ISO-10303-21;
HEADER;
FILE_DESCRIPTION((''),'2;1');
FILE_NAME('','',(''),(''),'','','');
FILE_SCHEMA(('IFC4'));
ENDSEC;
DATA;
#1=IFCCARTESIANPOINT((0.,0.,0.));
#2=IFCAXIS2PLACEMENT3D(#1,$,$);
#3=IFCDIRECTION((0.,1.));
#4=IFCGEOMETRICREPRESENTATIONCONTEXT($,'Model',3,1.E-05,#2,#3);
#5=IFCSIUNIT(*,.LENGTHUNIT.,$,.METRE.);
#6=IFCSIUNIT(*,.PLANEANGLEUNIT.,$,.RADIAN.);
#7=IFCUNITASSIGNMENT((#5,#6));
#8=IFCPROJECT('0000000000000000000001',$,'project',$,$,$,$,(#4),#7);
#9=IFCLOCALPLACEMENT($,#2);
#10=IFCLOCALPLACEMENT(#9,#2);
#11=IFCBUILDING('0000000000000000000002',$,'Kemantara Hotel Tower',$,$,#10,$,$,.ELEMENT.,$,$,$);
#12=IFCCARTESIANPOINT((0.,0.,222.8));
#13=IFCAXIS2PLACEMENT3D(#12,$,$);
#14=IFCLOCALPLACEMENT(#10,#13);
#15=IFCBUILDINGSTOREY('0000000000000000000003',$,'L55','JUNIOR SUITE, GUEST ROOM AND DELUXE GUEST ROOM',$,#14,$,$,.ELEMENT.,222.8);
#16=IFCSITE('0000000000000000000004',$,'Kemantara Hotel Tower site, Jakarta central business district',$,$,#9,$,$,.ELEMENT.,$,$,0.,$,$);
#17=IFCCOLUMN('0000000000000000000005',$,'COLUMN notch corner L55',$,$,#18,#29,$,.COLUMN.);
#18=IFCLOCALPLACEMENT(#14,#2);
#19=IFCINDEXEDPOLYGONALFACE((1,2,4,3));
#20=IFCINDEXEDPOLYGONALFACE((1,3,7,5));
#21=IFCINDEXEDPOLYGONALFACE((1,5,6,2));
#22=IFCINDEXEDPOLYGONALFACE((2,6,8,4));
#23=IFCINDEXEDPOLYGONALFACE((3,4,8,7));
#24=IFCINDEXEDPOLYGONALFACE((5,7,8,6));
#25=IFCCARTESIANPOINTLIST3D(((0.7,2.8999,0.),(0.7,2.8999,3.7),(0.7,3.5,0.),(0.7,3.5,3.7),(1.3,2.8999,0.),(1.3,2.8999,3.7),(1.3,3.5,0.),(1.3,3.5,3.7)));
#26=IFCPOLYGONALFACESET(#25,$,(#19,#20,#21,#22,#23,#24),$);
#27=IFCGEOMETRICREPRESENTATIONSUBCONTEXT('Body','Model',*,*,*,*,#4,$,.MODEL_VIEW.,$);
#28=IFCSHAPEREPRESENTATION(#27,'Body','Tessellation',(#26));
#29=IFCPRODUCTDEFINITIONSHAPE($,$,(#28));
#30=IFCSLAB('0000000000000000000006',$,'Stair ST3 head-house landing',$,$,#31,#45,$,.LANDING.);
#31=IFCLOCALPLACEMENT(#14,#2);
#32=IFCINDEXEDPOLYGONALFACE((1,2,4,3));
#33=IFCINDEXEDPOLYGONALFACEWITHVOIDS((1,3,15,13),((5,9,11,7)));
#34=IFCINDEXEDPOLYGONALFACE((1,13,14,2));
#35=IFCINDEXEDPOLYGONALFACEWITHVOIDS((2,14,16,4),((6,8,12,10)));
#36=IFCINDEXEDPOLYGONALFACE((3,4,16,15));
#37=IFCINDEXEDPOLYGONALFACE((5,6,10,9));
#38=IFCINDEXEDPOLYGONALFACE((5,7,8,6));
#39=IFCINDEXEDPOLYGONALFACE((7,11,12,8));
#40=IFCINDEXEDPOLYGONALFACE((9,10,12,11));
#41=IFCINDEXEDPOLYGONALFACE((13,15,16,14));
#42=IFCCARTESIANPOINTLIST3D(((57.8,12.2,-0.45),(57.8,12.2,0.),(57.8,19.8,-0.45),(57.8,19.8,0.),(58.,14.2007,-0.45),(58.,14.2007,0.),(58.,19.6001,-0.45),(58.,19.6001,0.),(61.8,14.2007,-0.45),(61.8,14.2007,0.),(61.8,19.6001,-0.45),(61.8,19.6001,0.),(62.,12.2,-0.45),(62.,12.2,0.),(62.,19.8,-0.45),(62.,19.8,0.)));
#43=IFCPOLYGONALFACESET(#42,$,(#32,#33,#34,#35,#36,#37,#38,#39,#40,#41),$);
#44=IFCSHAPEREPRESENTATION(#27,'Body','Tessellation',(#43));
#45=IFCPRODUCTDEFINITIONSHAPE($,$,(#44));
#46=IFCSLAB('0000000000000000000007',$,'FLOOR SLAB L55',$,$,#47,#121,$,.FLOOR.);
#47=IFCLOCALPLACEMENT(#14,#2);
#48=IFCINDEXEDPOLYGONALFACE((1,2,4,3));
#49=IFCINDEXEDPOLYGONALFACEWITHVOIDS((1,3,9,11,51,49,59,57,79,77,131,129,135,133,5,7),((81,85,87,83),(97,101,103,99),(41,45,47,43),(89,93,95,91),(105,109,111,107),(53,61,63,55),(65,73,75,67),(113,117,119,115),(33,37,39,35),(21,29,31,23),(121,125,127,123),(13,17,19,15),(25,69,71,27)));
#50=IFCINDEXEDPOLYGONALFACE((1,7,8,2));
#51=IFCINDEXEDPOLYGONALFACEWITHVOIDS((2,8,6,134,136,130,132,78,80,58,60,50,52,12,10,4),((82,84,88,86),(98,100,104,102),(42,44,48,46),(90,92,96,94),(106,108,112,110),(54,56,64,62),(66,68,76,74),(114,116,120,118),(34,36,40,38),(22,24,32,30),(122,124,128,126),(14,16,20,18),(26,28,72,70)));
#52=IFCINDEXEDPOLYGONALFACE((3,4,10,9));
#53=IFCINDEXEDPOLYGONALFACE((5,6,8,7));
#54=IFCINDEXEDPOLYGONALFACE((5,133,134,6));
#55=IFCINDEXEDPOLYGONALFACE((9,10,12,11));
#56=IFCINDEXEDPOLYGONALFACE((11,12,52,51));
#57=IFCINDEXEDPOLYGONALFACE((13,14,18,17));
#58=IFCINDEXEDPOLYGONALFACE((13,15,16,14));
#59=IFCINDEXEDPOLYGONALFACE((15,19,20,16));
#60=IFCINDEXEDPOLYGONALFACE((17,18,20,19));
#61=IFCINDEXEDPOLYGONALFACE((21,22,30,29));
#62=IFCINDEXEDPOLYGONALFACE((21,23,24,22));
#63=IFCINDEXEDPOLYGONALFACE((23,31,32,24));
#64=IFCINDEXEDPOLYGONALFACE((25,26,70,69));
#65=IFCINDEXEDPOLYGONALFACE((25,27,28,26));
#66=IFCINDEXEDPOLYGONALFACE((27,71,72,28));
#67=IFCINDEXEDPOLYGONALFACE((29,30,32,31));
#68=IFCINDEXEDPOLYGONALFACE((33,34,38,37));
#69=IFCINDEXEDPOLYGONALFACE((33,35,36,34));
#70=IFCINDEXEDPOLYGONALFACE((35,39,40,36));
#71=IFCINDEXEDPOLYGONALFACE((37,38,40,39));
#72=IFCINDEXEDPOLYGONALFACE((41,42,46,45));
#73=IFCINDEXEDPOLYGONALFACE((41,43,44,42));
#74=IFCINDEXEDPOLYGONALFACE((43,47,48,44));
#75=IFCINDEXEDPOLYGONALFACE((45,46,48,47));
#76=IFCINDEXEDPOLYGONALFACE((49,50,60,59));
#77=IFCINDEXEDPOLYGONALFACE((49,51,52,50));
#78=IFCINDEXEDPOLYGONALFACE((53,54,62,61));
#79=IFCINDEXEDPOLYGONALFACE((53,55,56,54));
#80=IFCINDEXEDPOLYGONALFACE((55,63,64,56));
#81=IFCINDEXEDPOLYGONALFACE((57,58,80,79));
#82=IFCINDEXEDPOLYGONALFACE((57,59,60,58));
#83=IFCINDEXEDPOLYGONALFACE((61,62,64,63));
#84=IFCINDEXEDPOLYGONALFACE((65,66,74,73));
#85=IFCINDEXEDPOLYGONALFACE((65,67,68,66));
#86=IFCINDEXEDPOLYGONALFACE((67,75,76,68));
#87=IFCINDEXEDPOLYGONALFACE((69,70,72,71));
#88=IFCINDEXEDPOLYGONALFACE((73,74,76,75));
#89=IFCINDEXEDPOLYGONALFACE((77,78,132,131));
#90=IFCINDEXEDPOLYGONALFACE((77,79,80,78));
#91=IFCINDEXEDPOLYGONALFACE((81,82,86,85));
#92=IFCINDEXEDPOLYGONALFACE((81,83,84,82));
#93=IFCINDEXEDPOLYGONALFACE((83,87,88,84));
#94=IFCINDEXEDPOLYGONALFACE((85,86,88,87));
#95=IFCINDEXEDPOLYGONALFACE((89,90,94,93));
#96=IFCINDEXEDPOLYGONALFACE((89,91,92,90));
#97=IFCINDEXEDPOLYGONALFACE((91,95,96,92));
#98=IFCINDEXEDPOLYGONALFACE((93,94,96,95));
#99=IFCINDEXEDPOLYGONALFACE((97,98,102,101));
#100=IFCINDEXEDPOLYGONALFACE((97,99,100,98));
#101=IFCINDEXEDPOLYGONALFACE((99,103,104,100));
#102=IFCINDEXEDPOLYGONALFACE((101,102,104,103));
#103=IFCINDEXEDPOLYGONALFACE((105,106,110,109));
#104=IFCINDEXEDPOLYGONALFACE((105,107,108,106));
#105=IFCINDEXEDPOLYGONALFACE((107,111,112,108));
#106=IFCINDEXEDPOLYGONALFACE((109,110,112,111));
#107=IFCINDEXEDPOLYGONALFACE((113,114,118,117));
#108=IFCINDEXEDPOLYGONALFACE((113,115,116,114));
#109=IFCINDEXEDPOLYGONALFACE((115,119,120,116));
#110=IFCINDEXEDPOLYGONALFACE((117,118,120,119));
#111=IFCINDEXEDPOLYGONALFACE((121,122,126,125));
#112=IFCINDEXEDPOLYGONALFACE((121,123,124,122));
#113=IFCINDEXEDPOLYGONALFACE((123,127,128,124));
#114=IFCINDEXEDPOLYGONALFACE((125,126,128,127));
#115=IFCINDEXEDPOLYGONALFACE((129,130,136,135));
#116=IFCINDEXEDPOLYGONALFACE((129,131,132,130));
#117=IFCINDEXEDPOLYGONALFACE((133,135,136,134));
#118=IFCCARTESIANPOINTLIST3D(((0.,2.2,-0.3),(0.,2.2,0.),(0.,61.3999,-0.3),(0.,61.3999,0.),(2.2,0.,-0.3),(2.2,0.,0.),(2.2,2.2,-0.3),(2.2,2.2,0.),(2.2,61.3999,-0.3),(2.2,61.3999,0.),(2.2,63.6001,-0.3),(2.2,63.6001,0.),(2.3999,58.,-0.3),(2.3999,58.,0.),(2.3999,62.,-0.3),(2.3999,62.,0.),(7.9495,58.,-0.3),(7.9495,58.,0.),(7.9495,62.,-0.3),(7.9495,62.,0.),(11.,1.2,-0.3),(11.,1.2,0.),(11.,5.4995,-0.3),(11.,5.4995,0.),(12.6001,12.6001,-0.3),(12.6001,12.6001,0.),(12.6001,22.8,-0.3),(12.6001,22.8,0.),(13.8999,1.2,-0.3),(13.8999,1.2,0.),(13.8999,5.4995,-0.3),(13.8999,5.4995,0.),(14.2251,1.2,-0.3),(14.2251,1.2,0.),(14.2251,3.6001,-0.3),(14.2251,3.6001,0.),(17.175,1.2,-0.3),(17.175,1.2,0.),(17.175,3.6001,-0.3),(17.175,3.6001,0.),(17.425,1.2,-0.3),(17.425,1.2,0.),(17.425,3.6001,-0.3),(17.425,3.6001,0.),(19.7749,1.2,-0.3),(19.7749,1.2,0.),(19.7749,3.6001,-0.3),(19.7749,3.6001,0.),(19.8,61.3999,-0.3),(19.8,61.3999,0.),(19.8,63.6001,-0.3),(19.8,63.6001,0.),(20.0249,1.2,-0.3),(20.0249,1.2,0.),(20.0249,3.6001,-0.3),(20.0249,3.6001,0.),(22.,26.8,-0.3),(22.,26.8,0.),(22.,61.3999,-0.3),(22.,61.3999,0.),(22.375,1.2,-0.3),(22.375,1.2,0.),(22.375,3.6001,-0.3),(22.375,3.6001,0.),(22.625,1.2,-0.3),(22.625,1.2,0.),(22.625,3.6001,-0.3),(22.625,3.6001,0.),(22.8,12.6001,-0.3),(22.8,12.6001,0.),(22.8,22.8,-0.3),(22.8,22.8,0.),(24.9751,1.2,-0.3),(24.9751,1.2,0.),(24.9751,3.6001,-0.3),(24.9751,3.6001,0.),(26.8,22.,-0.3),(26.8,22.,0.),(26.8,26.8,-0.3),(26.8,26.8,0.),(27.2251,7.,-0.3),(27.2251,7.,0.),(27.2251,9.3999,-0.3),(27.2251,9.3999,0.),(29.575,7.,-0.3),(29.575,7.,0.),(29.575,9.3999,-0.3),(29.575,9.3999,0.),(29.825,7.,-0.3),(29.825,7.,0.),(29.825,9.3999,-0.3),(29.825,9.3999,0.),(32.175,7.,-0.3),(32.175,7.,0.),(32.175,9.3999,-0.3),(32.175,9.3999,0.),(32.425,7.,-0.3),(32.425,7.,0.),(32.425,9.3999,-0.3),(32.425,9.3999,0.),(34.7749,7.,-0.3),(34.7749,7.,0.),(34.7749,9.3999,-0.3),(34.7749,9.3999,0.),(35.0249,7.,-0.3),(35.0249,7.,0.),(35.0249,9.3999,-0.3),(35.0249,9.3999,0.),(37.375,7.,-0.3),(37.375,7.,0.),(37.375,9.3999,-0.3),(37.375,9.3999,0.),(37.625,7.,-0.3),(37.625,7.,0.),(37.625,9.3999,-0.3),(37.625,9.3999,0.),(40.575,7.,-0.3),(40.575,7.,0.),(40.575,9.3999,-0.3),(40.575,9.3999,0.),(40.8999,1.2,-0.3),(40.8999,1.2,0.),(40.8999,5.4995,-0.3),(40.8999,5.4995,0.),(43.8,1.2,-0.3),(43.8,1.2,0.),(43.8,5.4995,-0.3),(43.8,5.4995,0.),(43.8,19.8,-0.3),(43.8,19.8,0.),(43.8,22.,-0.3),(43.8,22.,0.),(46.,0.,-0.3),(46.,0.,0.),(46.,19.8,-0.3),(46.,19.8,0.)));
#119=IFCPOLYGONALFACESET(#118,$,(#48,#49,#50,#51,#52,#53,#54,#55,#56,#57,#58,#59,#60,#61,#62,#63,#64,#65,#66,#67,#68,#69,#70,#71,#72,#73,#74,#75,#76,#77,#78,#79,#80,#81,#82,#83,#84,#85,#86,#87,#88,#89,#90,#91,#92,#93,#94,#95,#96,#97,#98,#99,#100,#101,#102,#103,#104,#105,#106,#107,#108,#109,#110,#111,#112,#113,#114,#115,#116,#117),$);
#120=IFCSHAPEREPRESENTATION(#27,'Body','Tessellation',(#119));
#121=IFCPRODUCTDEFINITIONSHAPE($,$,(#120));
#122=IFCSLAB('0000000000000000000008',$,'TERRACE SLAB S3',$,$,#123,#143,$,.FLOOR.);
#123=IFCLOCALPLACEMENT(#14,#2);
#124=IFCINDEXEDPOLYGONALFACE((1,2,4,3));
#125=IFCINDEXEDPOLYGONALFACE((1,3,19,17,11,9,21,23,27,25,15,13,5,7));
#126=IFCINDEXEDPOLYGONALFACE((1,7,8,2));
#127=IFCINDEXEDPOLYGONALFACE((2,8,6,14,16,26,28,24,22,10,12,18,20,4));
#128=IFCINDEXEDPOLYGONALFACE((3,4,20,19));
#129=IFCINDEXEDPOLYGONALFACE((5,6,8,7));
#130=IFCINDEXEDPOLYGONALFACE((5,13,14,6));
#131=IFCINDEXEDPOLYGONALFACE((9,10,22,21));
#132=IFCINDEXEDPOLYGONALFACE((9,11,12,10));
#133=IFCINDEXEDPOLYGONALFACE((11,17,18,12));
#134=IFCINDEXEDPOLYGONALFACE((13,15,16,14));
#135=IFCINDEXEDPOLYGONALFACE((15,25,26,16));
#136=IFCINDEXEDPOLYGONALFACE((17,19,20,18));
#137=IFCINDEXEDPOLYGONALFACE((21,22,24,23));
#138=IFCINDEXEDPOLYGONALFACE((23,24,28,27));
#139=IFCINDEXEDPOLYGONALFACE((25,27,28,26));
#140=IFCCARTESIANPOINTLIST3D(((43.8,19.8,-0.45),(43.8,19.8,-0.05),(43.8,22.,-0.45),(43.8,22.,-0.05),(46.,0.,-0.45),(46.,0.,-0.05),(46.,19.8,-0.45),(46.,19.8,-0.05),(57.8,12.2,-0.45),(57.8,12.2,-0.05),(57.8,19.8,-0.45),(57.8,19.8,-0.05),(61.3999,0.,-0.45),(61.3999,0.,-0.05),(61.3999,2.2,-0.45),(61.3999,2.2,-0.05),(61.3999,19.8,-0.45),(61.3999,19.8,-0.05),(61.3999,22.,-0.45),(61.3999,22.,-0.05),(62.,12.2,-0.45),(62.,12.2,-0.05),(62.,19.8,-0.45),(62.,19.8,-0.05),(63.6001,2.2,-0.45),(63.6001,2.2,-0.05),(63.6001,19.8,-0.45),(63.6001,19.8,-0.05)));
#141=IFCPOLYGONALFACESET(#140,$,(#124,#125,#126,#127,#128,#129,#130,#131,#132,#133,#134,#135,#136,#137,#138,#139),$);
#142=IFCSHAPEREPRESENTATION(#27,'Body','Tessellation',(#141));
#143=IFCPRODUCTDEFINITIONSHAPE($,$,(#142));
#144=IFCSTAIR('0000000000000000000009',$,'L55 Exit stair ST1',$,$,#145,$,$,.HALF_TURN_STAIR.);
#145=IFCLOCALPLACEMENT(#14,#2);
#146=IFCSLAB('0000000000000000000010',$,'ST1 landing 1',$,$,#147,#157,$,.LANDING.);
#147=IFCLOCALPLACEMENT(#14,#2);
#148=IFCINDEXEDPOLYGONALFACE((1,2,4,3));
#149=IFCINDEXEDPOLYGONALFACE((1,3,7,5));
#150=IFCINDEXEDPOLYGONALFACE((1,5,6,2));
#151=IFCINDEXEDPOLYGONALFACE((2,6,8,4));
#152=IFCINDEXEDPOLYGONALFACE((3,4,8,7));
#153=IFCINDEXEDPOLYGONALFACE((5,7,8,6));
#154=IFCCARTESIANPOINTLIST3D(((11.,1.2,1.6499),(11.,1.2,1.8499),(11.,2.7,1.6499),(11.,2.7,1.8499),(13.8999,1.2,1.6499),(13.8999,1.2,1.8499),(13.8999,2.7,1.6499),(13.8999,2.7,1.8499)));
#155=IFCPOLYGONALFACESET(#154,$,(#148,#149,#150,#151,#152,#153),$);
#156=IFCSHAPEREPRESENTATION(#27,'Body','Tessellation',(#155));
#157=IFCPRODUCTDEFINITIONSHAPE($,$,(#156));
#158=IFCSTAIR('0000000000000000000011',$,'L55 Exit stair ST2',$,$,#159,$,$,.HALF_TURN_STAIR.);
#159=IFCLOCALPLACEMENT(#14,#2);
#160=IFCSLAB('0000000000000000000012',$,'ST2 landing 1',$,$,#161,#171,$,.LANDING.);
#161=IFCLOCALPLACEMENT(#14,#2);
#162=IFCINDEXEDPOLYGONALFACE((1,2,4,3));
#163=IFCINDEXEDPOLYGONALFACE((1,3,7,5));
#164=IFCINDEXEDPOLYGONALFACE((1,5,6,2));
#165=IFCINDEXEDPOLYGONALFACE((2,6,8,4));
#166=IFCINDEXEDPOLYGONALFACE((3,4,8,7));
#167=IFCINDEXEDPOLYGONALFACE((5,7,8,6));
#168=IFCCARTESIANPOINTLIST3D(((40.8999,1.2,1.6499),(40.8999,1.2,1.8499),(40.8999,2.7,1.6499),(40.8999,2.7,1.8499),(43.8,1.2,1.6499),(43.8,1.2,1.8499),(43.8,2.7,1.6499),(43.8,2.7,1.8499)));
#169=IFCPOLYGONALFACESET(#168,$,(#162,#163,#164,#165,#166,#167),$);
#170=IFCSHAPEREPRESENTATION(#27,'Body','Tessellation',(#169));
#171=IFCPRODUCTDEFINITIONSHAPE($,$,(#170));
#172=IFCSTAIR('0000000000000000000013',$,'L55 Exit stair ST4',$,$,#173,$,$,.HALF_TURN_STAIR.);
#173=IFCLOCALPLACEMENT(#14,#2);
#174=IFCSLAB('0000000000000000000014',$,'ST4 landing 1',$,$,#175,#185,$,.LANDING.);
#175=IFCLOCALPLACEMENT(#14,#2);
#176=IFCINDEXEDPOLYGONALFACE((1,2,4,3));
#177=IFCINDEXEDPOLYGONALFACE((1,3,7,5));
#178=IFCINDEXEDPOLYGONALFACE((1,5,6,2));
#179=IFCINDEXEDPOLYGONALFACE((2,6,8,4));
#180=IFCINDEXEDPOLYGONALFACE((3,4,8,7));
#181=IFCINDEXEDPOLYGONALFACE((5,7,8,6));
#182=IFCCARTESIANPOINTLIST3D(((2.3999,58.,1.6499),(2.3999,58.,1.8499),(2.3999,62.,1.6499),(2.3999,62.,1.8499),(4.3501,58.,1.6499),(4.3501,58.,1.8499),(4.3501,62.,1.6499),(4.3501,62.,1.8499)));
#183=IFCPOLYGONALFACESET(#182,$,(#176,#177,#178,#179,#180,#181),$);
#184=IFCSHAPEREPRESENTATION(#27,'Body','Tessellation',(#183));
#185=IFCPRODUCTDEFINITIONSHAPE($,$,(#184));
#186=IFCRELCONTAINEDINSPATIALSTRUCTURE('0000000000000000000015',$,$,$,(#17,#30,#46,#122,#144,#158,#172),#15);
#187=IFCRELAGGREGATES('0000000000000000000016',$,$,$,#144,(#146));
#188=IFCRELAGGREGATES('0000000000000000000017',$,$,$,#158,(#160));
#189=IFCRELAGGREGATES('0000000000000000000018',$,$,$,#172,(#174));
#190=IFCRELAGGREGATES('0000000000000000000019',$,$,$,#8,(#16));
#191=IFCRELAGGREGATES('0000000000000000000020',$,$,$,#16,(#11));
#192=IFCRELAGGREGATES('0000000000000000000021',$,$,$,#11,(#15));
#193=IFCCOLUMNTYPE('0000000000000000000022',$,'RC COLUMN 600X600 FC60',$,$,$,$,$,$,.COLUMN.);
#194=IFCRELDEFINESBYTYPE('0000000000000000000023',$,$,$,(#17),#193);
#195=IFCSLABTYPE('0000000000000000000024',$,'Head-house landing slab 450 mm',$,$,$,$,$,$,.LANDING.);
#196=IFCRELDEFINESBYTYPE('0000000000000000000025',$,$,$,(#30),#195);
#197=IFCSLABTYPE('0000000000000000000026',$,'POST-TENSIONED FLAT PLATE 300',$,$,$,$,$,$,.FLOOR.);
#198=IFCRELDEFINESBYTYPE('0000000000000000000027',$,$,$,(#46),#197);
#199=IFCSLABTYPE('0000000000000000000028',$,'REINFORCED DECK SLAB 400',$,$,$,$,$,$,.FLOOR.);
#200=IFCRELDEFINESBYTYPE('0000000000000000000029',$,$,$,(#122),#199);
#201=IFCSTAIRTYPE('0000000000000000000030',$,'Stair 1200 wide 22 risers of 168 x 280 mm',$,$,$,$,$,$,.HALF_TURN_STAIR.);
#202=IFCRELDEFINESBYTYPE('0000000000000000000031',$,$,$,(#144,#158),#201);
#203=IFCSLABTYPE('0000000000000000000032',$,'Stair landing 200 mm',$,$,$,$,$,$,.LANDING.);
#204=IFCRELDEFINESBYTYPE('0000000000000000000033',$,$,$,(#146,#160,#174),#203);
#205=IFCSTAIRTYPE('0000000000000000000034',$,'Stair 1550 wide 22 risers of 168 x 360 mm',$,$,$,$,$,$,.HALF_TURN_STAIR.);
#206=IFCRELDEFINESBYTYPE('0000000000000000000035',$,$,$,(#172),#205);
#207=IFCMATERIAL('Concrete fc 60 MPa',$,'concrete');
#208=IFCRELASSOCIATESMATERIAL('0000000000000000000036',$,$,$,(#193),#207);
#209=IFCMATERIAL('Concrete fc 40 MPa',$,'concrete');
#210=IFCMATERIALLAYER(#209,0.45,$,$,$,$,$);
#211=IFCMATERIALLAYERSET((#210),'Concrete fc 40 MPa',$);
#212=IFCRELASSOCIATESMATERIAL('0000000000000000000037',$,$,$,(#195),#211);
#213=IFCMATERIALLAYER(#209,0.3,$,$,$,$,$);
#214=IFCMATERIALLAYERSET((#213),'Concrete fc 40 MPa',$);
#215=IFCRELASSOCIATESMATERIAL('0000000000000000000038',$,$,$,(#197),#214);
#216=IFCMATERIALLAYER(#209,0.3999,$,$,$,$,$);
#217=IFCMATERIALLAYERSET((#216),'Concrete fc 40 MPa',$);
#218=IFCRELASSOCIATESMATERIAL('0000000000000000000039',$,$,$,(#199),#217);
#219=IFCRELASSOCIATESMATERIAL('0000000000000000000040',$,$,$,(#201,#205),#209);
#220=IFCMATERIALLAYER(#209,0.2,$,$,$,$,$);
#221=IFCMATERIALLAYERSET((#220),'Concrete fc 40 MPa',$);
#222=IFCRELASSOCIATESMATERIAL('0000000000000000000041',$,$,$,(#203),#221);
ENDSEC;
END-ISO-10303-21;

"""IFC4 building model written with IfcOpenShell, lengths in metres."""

from ifc_helpers import new_model, si_unit, direction, frame, origin, origin_2d, place, context, subcontext, project, spatial, polyline, rectangle, outline, extrude, material, layer, layer_set, material_profile, profile_set, type_object, element, aggregate, save


model = new_model("IFC4")

# Units and contexts
model_context = context("Model", 3, precision=1e-05, world=origin(), true_north=direction((0.0, 1.0)))
body_context = subcontext(model_context, "Body", "Model", "MODEL_VIEW")
ifc_project = project(units=[si_unit("LENGTHUNIT", "METRE"), si_unit("PLANEANGLEUNIT", "RADIAN")], contexts=[model_context])

# Site, building, storey
site_placement = place(None, origin())
site = spatial("IfcSite", under=ifc_project, at=site_placement, Name="Kemantara Hotel Tower site, Jakarta central business district", CompositionType="ELEMENT", RefElevation=0.0)
building_placement = place(site_placement, origin())
building = spatial("IfcBuilding", under=site, at=building_placement, Name="Kemantara Hotel Tower", CompositionType="ELEMENT")
storey_placement = place(building_placement, frame((0.0, 0.0, 222.8)))
storey = spatial("IfcBuildingStorey", under=building, at=storey_placement, Name="L55", Description="JUNIOR SUITE, GUEST ROOM AND DELUXE GUEST ROOM", CompositionType="ELEMENT", Elevation=222.8)

# Column
ifc_material_1 = material(Name="Concrete fc 60 MPa", Category="concrete")
ifc_material_profile = material_profile(ifc_material_1, rectangle(XDim=0.6001, YDim=0.6001, at=origin_2d()), Name="RC 600X600")
ifc_profile_set = profile_set([ifc_material_profile], Name="Concrete fc 60 MPa")
column_type = type_object("IfcColumnType", Name="RC COLUMN 600X600 FC60", PredefinedType="COLUMN", material=ifc_profile_set)
column_placement = place(storey_placement, frame((1.0, 3.2, 0.0), z_axis=(0.0, 0.0, 1.0), x_axis=(1.0, 0.0, 0.0)))
element("IfcColumn", 1, at=column_placement, inside=storey, type_object=column_type, Name="COLUMN notch corner L55", PredefinedType="COLUMN", context=body_context, shape_type="SweptSolid", body=[
    extrude(rectangle(XDim=0.6001, YDim=0.6001, at=origin_2d()), origin(), (0.0, 0.0, 1.0), 3.7),
])

# Slabs
ifc_material_2 = material(Name="Concrete fc 40 MPa", Category="concrete")
ifc_layer_1 = layer(ifc_material_2, 0.45)
ifc_layer_set_1 = layer_set([ifc_layer_1], Name="Concrete fc 40 MPa")
slab_type_1 = type_object("IfcSlabType", Name="Head-house landing slab 450 mm", PredefinedType="LANDING", material=ifc_layer_set_1)
slab_1_placement = place(storey_placement, frame((0.0, 0.0, -0.45)))
element("IfcSlab", 2, at=slab_1_placement, inside=storey, type_object=slab_type_1, Name="Stair ST3 head-house landing", PredefinedType="LANDING", context=body_context, shape_type="SweptSolid", body=[
    extrude(outline(polyline([(57.8, 12.2), (62.0, 12.2), (62.0, 19.8), (57.8, 19.8), (57.8, 12.2)]), holes=[polyline([(61.8, 14.2007), (58.0, 14.2007), (58.0, 19.6001), (61.8, 19.6001), (61.8, 14.2007)])]), origin(), (0.0, 0.0, 1.0), 0.45),
])
ifc_layer_2 = layer(ifc_material_2, 0.3)
ifc_layer_set_2 = layer_set([ifc_layer_2], Name="Concrete fc 40 MPa")
slab_type_2 = type_object("IfcSlabType", Name="POST-TENSIONED FLAT PLATE 300", PredefinedType="FLOOR", material=ifc_layer_set_2)
slab_2_placement = place(storey_placement, frame((0.0, 0.0, -0.3)))
element("IfcSlab", 3, at=slab_2_placement, inside=storey, type_object=slab_type_2, Name="FLOOR SLAB L55", PredefinedType="FLOOR", context=body_context, shape_type="SweptSolid", body=[
    extrude(outline(polyline([(22.0, 26.8), (22.0, 61.3999), (19.8, 61.3999), (19.8, 63.6001), (2.2, 63.6001), (2.2, 61.3999), (0.0, 61.3999), (0.0, 2.2), (2.2, 2.2), (2.2, 0.0), (46.0, 0.0), (46.0, 19.8), (43.8, 19.8), (43.8, 22.0), (26.8, 22.0), (26.8, 26.8), (22.0, 26.8)]), holes=[polyline([(17.175, 3.6001), (17.175, 1.2), (14.2251, 1.2), (14.2251, 3.6001), (17.175, 3.6001)]), polyline([(19.7749, 1.2), (17.425, 1.2), (17.425, 3.6001), (19.7749, 3.6001), (19.7749, 1.2)]), polyline([(22.375, 1.2), (20.0249, 1.2), (20.0249, 3.6001), (22.375, 3.6001), (22.375, 1.2)]), polyline([(24.9751, 3.6001), (24.9751, 1.2), (22.625, 1.2), (22.625, 3.6001), (24.9751, 3.6001)]), polyline([(11.0, 1.2), (11.0, 5.4995), (13.8999, 5.4995), (13.8999, 1.2), (11.0, 1.2)]), polyline([(22.8, 12.6001), (12.6001, 12.6001), (12.6001, 22.8), (22.8, 22.8), (22.8, 12.6001)]), polyline([(2.3999, 58.0), (2.3999, 62.0), (7.9495, 62.0), (7.9495, 58.0), (2.3999, 58.0)]), polyline([(40.8999, 1.2), (40.8999, 5.4995), (43.8, 5.4995), (43.8, 1.2), (40.8999, 1.2)]), polyline([(29.575, 7.0), (27.2251, 7.0), (27.2251, 9.3999), (29.575, 9.3999), (29.575, 7.0)]), polyline([(32.175, 7.0), (29.825, 7.0), (29.825, 9.3999), (32.175, 9.3999), (32.175, 7.0)]), polyline([(34.7749, 7.0), (32.425, 7.0), (32.425, 9.3999), (34.7749, 9.3999), (34.7749, 7.0)]), polyline([(37.375, 7.0), (35.0249, 7.0), (35.0249, 9.3999), (37.375, 9.3999), (37.375, 7.0)]), polyline([(40.575, 7.0), (37.625, 7.0), (37.625, 9.3999), (40.575, 9.3999), (40.575, 7.0)])]), origin(), (0.0, 0.0, 1.0), 0.3),
])
ifc_layer_3 = layer(ifc_material_2, 0.3999)
ifc_layer_set_3 = layer_set([ifc_layer_3], Name="Concrete fc 40 MPa")
slab_type_3 = type_object("IfcSlabType", Name="REINFORCED DECK SLAB 400", PredefinedType="FLOOR", material=ifc_layer_set_3)
slab_3_placement = place(storey_placement, frame((0.0, 0.0, -0.45)))
element("IfcSlab", 4, at=slab_3_placement, inside=storey, type_object=slab_type_3, Name="TERRACE SLAB S3", PredefinedType="FLOOR", context=body_context, shape_type="SweptSolid", body=[
    extrude(outline(polyline([(63.6001, 19.8), (62.0, 19.8), (62.0, 12.2), (57.8, 12.2), (57.8, 19.8), (61.3999, 19.8), (61.3999, 22.0), (43.8, 22.0), (43.8, 19.8), (46.0, 19.8), (46.0, 0.0), (61.3999, 0.0), (61.3999, 2.2), (63.6001, 2.2), (63.6001, 19.8)])), origin(), (0.0, 0.0, 1.0), 0.3999),
])

# Stairs, slabs
stair_type_1 = type_object("IfcStairType", Name="Stair 1200 wide 22 risers of 168 x 280 mm", PredefinedType="HALF_TURN_STAIR", material=ifc_material_2)
stair_1_placement = place(storey_placement, origin())
stair_1 = element("IfcStair", 5, at=stair_1_placement, inside=storey, type_object=stair_type_1, Name="L55 Exit stair ST1", PredefinedType="HALF_TURN_STAIR")
ifc_layer_4 = layer(ifc_material_2, 0.2)
ifc_layer_set_4 = layer_set([ifc_layer_4], Name="Concrete fc 40 MPa")
slab_type_4 = type_object("IfcSlabType", Name="Stair landing 200 mm", PredefinedType="LANDING", material=ifc_layer_set_4)
slab_4_placement = place(storey_placement, frame((0.0, 0.0, 1.6499)))
slab_4 = element("IfcSlab", 6, at=slab_4_placement, type_object=slab_type_4, Name="ST1 landing 1", PredefinedType="LANDING", context=body_context, shape_type="SweptSolid", body=[
    extrude(outline(polyline([(11.0, 2.7), (11.0, 1.2), (13.8999, 1.2), (13.8999, 2.7), (11.0, 2.7)])), origin(), (0.0, 0.0, 1.0), 0.2),
])
aggregate(stair_1, [slab_4])
stair_2_placement = place(storey_placement, origin())
stair_2 = element("IfcStair", 7, at=stair_2_placement, inside=storey, type_object=stair_type_1, Name="L55 Exit stair ST2", PredefinedType="HALF_TURN_STAIR")
slab_5_placement = place(storey_placement, frame((0.0, 0.0, 1.6499)))
slab_5 = element("IfcSlab", 8, at=slab_5_placement, type_object=slab_type_4, Name="ST2 landing 1", PredefinedType="LANDING", context=body_context, shape_type="SweptSolid", body=[
    extrude(outline(polyline([(40.8999, 2.7), (40.8999, 1.2), (43.8, 1.2), (43.8, 2.7), (40.8999, 2.7)])), origin(), (0.0, 0.0, 1.0), 0.2),
])
aggregate(stair_2, [slab_5])
stair_type_2 = type_object("IfcStairType", Name="Stair 1550 wide 22 risers of 168 x 360 mm", PredefinedType="HALF_TURN_STAIR", material=ifc_material_2)
stair_3_placement = place(storey_placement, origin())
stair_3 = element("IfcStair", 9, at=stair_3_placement, inside=storey, type_object=stair_type_2, Name="L55 Exit stair ST4", PredefinedType="HALF_TURN_STAIR")
slab_6_placement = place(storey_placement, frame((0.0, 0.0, 1.6499)))
slab_6 = element("IfcSlab", 10, at=slab_6_placement, type_object=slab_type_4, Name="ST4 landing 1", PredefinedType="LANDING", context=body_context, shape_type="SweptSolid", body=[
    extrude(outline(polyline([(4.3501, 62.0), (2.3999, 62.0), (2.3999, 58.0), (4.3501, 58.0), (4.3501, 62.0)])), origin(), (0.0, 0.0, 1.0), 0.2),
])
aggregate(stair_3, [slab_6])

save(model, "model.ifc")
